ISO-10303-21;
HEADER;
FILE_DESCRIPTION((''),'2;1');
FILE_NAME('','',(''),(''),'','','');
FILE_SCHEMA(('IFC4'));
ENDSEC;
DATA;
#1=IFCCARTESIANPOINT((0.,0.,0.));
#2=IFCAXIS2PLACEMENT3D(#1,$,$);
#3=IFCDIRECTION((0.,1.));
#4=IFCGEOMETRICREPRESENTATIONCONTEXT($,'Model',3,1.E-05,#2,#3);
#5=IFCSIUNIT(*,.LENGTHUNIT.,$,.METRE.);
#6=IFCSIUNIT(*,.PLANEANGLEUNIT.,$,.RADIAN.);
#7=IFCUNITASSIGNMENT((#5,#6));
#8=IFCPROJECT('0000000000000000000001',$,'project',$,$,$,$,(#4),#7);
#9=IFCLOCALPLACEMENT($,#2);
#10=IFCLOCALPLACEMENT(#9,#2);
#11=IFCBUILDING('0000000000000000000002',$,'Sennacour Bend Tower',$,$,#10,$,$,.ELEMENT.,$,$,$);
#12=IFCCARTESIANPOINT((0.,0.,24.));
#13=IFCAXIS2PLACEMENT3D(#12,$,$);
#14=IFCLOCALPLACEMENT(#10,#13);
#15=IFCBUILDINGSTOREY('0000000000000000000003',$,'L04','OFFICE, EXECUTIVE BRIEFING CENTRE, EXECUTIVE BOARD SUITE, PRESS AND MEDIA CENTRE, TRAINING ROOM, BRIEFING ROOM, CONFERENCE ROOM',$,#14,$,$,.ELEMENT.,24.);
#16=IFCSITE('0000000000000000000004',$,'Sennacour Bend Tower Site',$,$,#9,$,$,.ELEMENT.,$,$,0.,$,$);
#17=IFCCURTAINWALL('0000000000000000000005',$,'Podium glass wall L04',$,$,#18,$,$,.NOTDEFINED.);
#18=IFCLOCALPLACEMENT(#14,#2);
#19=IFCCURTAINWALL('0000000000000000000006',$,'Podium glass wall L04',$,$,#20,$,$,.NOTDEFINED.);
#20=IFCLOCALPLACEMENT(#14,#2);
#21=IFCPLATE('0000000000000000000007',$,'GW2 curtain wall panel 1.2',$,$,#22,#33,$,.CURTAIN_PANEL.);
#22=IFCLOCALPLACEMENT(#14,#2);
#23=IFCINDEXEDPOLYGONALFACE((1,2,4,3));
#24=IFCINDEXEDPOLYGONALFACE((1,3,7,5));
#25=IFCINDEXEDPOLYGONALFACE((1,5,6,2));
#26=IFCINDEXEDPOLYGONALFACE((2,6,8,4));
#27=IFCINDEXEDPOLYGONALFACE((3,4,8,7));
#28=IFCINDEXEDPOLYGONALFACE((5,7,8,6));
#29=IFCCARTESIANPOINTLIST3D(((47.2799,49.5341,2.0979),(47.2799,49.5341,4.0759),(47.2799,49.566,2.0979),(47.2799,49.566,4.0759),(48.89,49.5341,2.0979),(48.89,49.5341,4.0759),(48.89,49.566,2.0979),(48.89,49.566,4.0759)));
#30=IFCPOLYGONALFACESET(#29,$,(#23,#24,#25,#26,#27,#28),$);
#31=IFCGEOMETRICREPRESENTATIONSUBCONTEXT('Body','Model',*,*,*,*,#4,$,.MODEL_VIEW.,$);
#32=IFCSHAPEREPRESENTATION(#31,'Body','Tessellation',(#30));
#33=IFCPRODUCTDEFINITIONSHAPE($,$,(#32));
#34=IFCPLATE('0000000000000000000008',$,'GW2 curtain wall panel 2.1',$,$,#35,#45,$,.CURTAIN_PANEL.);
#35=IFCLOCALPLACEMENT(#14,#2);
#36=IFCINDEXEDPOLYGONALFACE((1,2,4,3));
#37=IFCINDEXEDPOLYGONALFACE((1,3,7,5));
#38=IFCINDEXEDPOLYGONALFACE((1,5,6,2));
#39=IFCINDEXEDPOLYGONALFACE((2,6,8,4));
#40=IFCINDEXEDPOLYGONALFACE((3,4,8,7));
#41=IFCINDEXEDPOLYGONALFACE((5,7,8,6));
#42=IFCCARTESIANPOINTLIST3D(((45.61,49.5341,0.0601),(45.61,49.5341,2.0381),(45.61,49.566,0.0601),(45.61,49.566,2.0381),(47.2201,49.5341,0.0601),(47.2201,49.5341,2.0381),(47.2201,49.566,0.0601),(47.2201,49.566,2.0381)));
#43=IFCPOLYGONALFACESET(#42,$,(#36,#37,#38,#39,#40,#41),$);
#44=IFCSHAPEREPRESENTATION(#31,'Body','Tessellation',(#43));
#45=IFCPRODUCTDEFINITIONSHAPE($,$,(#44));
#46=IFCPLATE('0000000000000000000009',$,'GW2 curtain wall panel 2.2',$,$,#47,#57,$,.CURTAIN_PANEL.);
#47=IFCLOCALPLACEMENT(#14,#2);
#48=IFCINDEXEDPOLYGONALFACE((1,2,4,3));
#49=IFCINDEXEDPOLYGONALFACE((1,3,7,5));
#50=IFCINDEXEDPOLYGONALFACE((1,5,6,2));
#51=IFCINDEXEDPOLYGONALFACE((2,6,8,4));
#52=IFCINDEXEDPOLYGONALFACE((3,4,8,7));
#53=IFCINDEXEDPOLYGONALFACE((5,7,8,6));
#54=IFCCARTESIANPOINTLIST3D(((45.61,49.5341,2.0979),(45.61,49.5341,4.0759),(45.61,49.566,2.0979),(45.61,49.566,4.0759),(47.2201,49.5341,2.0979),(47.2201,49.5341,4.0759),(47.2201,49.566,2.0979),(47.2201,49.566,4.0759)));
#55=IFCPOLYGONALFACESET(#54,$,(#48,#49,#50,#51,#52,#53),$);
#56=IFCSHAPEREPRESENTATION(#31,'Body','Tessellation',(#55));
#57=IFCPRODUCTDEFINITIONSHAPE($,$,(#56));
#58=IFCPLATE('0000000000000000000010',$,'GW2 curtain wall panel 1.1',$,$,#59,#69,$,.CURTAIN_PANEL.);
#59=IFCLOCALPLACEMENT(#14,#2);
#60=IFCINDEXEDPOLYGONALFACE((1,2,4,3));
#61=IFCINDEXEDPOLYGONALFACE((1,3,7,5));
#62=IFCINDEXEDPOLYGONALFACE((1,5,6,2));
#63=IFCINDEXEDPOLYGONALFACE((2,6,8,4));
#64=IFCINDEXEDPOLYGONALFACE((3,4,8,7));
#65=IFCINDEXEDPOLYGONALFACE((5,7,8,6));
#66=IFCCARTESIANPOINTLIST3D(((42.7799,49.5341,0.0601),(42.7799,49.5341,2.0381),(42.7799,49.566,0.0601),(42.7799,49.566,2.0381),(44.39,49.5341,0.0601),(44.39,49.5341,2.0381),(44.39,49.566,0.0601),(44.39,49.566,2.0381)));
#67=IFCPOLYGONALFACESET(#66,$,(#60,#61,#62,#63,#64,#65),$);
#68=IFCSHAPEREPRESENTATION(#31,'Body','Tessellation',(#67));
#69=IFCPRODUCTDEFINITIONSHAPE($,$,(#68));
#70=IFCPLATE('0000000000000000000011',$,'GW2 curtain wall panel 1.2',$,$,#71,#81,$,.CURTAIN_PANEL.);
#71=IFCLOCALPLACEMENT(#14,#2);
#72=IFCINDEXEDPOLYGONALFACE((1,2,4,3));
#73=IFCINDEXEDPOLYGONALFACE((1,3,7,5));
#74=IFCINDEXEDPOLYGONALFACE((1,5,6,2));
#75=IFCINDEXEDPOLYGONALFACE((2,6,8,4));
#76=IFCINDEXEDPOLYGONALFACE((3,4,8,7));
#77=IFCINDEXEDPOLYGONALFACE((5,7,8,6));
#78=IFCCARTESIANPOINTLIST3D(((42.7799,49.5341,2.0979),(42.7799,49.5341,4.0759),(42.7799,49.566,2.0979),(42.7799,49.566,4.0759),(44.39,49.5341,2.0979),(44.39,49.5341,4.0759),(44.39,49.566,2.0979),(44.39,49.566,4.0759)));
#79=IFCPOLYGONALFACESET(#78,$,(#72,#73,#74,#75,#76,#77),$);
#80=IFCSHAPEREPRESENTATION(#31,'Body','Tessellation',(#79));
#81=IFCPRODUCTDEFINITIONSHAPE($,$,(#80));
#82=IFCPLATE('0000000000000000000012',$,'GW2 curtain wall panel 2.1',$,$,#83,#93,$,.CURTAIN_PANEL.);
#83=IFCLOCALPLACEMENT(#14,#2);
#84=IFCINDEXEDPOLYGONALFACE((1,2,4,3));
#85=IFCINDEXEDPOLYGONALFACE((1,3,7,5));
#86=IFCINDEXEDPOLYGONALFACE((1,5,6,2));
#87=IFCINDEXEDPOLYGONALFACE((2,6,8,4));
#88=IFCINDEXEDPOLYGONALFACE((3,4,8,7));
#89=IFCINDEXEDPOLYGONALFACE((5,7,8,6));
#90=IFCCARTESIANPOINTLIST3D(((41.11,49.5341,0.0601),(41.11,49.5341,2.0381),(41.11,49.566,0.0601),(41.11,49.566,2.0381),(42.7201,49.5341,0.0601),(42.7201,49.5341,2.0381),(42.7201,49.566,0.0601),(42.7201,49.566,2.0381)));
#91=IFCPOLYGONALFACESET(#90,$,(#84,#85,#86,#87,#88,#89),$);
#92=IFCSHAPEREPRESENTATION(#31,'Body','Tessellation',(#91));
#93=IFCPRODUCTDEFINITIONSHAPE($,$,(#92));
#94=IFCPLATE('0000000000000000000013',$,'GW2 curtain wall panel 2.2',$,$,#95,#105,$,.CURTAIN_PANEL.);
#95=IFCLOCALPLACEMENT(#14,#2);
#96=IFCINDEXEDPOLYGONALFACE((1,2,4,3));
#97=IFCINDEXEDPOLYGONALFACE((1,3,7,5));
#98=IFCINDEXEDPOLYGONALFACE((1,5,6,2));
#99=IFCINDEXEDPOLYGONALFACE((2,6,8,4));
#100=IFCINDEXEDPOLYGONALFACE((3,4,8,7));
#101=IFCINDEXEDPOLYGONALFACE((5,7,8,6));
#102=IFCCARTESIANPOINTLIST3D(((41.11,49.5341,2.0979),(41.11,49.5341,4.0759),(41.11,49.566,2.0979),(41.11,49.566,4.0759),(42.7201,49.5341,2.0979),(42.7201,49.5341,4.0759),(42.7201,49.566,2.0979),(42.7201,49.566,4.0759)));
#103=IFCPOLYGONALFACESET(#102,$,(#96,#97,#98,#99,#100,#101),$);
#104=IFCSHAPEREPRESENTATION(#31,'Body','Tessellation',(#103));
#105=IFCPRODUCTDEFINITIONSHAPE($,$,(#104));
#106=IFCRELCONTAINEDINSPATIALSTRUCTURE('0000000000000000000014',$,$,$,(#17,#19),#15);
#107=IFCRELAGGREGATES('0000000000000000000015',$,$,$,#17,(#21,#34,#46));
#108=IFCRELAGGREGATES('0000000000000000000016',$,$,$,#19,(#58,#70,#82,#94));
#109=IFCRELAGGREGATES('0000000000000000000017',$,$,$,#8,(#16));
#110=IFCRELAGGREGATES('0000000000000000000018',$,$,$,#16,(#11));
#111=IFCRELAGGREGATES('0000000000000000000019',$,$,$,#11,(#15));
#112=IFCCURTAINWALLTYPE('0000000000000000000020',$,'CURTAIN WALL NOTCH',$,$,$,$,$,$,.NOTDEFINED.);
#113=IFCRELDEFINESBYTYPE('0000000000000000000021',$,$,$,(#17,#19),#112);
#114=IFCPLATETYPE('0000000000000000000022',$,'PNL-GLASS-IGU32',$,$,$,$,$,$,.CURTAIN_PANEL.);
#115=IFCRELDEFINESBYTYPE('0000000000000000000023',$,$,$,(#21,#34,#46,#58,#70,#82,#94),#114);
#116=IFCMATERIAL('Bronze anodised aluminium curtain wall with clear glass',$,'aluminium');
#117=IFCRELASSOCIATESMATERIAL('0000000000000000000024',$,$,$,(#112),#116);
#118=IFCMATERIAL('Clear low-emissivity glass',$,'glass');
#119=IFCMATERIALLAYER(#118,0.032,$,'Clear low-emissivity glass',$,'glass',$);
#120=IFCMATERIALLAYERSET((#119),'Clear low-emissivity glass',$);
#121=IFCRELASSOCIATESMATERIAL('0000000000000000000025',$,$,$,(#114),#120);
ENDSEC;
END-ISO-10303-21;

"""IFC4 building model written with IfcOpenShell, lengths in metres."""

from ifc_helpers import new_model, si_unit, direction, frame, origin, origin_2d, place, context, subcontext, project, spatial, rectangle, extrude, material, layer, layer_set, type_object, element, aggregate, save


model = new_model("IFC4")

# Units and contexts
model_context = context("Model", 3, precision=1e-05, world=origin(), true_north=direction((0.0, 1.0)))
body_context = subcontext(model_context, "Body", "Model", "MODEL_VIEW")
ifc_project = project(units=[si_unit("LENGTHUNIT", "METRE"), si_unit("PLANEANGLEUNIT", "RADIAN")], contexts=[model_context])

# Site, building, storey
site_placement = place(None, origin())
site = spatial("IfcSite", under=ifc_project, at=site_placement, Name="Sennacour Bend Tower Site", CompositionType="ELEMENT", RefElevation=0.0)
building_placement = place(site_placement, origin())
building = spatial("IfcBuilding", under=site, at=building_placement, Name="Sennacour Bend Tower", CompositionType="ELEMENT")
storey_placement = place(building_placement, frame((0.0, 0.0, 24.0)))
storey = spatial("IfcBuildingStorey", under=building, at=storey_placement, Name="L04", Description="OFFICE, EXECUTIVE BRIEFING CENTRE, EXECUTIVE BOARD SUITE, PRESS AND MEDIA CENTRE, TRAINING ROOM, BRIEFING ROOM, CONFERENCE ROOM", CompositionType="ELEMENT", Elevation=24.0)

# Curtain walls
ifc_material_1 = material(Name="Bronze anodised aluminium curtain wall with clear glass", Category="aluminium")
curtain_wall_type = type_object("IfcCurtainWallType", Name="CURTAIN WALL NOTCH", PredefinedType="NOTDEFINED", material=ifc_material_1)
curtain_wall_1_placement = place(storey_placement, origin())
curtain_wall_1 = element("IfcCurtainWall", 1, at=curtain_wall_1_placement, inside=storey, type_object=curtain_wall_type, Name="Podium glass wall L04", PredefinedType="NOTDEFINED")
curtain_wall_2_placement = place(storey_placement, origin())
curtain_wall_2 = element("IfcCurtainWall", 2, at=curtain_wall_2_placement, inside=storey, type_object=curtain_wall_type, Name="Podium glass wall L04", PredefinedType="NOTDEFINED")

# Plates
ifc_material_2 = material(Name="Clear low-emissivity glass", Category="glass")
ifc_layer = layer(ifc_material_2, 0.032, Name="Clear low-emissivity glass", Category="glass")
ifc_layer_set = layer_set([ifc_layer], Name="Clear low-emissivity glass")
plate_type = type_object("IfcPlateType", Name="PNL-GLASS-IGU32", PredefinedType="CURTAIN_PANEL", material=ifc_layer_set)
plate_1_placement = place(storey_placement, frame((48.085, 49.55, 2.0979), z_axis=(0.0, 0.0, 1.0), x_axis=(-1.0, 0.0, 0.0)))
plate_1 = element("IfcPlate", 3, at=plate_1_placement, type_object=plate_type, Name="GW2 curtain wall panel 1.2", PredefinedType="CURTAIN_PANEL", context=body_context, shape_type="SweptSolid", body=[
    extrude(rectangle(XDim=1.6101, YDim=0.032, at=origin_2d()), origin(), (0.0, 0.0, 1.0), 1.978),
])
plate_2_placement = place(storey_placement, frame((46.415, 49.55, 0.0601), z_axis=(0.0, 0.0, 1.0), x_axis=(-1.0, 0.0, 0.0)))
plate_2 = element("IfcPlate", 4, at=plate_2_placement, type_object=plate_type, Name="GW2 curtain wall panel 2.1", PredefinedType="CURTAIN_PANEL", context=body_context, shape_type="SweptSolid", body=[
    extrude(rectangle(XDim=1.6101, YDim=0.032, at=origin_2d()), origin(), (0.0, 0.0, 1.0), 1.978),
])
plate_3_placement = place(storey_placement, frame((46.415, 49.55, 2.0979), z_axis=(0.0, 0.0, 1.0), x_axis=(-1.0, 0.0, 0.0)))
plate_3 = element("IfcPlate", 5, at=plate_3_placement, type_object=plate_type, Name="GW2 curtain wall panel 2.2", PredefinedType="CURTAIN_PANEL", context=body_context, shape_type="SweptSolid", body=[
    extrude(rectangle(XDim=1.6101, YDim=0.032, at=origin_2d()), origin(), (0.0, 0.0, 1.0), 1.978),
])
aggregate(curtain_wall_1, [plate_1, plate_2, plate_3])
plate_4_placement = place(storey_placement, frame((43.585, 49.55, 0.0601), z_axis=(0.0, 0.0, 1.0), x_axis=(-1.0, 0.0, 0.0)))
plate_4 = element("IfcPlate", 6, at=plate_4_placement, type_object=plate_type, Name="GW2 curtain wall panel 1.1", PredefinedType="CURTAIN_PANEL", context=body_context, shape_type="SweptSolid", body=[
    extrude(rectangle(XDim=1.6101, YDim=0.032, at=origin_2d()), origin(), (0.0, 0.0, 1.0), 1.978),
])
plate_5_placement = place(storey_placement, frame((43.585, 49.55, 2.0979), z_axis=(0.0, 0.0, 1.0), x_axis=(-1.0, 0.0, 0.0)))
plate_5 = element("IfcPlate", 7, at=plate_5_placement, type_object=plate_type, Name="GW2 curtain wall panel 1.2", PredefinedType="CURTAIN_PANEL", context=body_context, shape_type="SweptSolid", body=[
    extrude(rectangle(XDim=1.6101, YDim=0.032, at=origin_2d()), origin(), (0.0, 0.0, 1.0), 1.978),
])
plate_6_placement = place(storey_placement, frame((41.915, 49.55, 0.0601), z_axis=(0.0, 0.0, 1.0), x_axis=(-1.0, 0.0, 0.0)))
plate_6 = element("IfcPlate", 8, at=plate_6_placement, type_object=plate_type, Name="GW2 curtain wall panel 2.1", PredefinedType="CURTAIN_PANEL", context=body_context, shape_type="SweptSolid", body=[
    extrude(rectangle(XDim=1.6101, YDim=0.032, at=origin_2d()), origin(), (0.0, 0.0, 1.0), 1.978),
])
plate_7_placement = place(storey_placement, frame((41.915, 49.55, 2.0979), z_axis=(0.0, 0.0, 1.0), x_axis=(-1.0, 0.0, 0.0)))
plate_7 = element("IfcPlate", 9, at=plate_7_placement, type_object=plate_type, Name="GW2 curtain wall panel 2.2", PredefinedType="CURTAIN_PANEL", context=body_context, shape_type="SweptSolid", body=[
    extrude(rectangle(XDim=1.6101, YDim=0.032, at=origin_2d()), origin(), (0.0, 0.0, 1.0), 1.978),
])
aggregate(curtain_wall_2, [plate_4, plate_5, plate_6, plate_7])

save(model, "model.ifc")
